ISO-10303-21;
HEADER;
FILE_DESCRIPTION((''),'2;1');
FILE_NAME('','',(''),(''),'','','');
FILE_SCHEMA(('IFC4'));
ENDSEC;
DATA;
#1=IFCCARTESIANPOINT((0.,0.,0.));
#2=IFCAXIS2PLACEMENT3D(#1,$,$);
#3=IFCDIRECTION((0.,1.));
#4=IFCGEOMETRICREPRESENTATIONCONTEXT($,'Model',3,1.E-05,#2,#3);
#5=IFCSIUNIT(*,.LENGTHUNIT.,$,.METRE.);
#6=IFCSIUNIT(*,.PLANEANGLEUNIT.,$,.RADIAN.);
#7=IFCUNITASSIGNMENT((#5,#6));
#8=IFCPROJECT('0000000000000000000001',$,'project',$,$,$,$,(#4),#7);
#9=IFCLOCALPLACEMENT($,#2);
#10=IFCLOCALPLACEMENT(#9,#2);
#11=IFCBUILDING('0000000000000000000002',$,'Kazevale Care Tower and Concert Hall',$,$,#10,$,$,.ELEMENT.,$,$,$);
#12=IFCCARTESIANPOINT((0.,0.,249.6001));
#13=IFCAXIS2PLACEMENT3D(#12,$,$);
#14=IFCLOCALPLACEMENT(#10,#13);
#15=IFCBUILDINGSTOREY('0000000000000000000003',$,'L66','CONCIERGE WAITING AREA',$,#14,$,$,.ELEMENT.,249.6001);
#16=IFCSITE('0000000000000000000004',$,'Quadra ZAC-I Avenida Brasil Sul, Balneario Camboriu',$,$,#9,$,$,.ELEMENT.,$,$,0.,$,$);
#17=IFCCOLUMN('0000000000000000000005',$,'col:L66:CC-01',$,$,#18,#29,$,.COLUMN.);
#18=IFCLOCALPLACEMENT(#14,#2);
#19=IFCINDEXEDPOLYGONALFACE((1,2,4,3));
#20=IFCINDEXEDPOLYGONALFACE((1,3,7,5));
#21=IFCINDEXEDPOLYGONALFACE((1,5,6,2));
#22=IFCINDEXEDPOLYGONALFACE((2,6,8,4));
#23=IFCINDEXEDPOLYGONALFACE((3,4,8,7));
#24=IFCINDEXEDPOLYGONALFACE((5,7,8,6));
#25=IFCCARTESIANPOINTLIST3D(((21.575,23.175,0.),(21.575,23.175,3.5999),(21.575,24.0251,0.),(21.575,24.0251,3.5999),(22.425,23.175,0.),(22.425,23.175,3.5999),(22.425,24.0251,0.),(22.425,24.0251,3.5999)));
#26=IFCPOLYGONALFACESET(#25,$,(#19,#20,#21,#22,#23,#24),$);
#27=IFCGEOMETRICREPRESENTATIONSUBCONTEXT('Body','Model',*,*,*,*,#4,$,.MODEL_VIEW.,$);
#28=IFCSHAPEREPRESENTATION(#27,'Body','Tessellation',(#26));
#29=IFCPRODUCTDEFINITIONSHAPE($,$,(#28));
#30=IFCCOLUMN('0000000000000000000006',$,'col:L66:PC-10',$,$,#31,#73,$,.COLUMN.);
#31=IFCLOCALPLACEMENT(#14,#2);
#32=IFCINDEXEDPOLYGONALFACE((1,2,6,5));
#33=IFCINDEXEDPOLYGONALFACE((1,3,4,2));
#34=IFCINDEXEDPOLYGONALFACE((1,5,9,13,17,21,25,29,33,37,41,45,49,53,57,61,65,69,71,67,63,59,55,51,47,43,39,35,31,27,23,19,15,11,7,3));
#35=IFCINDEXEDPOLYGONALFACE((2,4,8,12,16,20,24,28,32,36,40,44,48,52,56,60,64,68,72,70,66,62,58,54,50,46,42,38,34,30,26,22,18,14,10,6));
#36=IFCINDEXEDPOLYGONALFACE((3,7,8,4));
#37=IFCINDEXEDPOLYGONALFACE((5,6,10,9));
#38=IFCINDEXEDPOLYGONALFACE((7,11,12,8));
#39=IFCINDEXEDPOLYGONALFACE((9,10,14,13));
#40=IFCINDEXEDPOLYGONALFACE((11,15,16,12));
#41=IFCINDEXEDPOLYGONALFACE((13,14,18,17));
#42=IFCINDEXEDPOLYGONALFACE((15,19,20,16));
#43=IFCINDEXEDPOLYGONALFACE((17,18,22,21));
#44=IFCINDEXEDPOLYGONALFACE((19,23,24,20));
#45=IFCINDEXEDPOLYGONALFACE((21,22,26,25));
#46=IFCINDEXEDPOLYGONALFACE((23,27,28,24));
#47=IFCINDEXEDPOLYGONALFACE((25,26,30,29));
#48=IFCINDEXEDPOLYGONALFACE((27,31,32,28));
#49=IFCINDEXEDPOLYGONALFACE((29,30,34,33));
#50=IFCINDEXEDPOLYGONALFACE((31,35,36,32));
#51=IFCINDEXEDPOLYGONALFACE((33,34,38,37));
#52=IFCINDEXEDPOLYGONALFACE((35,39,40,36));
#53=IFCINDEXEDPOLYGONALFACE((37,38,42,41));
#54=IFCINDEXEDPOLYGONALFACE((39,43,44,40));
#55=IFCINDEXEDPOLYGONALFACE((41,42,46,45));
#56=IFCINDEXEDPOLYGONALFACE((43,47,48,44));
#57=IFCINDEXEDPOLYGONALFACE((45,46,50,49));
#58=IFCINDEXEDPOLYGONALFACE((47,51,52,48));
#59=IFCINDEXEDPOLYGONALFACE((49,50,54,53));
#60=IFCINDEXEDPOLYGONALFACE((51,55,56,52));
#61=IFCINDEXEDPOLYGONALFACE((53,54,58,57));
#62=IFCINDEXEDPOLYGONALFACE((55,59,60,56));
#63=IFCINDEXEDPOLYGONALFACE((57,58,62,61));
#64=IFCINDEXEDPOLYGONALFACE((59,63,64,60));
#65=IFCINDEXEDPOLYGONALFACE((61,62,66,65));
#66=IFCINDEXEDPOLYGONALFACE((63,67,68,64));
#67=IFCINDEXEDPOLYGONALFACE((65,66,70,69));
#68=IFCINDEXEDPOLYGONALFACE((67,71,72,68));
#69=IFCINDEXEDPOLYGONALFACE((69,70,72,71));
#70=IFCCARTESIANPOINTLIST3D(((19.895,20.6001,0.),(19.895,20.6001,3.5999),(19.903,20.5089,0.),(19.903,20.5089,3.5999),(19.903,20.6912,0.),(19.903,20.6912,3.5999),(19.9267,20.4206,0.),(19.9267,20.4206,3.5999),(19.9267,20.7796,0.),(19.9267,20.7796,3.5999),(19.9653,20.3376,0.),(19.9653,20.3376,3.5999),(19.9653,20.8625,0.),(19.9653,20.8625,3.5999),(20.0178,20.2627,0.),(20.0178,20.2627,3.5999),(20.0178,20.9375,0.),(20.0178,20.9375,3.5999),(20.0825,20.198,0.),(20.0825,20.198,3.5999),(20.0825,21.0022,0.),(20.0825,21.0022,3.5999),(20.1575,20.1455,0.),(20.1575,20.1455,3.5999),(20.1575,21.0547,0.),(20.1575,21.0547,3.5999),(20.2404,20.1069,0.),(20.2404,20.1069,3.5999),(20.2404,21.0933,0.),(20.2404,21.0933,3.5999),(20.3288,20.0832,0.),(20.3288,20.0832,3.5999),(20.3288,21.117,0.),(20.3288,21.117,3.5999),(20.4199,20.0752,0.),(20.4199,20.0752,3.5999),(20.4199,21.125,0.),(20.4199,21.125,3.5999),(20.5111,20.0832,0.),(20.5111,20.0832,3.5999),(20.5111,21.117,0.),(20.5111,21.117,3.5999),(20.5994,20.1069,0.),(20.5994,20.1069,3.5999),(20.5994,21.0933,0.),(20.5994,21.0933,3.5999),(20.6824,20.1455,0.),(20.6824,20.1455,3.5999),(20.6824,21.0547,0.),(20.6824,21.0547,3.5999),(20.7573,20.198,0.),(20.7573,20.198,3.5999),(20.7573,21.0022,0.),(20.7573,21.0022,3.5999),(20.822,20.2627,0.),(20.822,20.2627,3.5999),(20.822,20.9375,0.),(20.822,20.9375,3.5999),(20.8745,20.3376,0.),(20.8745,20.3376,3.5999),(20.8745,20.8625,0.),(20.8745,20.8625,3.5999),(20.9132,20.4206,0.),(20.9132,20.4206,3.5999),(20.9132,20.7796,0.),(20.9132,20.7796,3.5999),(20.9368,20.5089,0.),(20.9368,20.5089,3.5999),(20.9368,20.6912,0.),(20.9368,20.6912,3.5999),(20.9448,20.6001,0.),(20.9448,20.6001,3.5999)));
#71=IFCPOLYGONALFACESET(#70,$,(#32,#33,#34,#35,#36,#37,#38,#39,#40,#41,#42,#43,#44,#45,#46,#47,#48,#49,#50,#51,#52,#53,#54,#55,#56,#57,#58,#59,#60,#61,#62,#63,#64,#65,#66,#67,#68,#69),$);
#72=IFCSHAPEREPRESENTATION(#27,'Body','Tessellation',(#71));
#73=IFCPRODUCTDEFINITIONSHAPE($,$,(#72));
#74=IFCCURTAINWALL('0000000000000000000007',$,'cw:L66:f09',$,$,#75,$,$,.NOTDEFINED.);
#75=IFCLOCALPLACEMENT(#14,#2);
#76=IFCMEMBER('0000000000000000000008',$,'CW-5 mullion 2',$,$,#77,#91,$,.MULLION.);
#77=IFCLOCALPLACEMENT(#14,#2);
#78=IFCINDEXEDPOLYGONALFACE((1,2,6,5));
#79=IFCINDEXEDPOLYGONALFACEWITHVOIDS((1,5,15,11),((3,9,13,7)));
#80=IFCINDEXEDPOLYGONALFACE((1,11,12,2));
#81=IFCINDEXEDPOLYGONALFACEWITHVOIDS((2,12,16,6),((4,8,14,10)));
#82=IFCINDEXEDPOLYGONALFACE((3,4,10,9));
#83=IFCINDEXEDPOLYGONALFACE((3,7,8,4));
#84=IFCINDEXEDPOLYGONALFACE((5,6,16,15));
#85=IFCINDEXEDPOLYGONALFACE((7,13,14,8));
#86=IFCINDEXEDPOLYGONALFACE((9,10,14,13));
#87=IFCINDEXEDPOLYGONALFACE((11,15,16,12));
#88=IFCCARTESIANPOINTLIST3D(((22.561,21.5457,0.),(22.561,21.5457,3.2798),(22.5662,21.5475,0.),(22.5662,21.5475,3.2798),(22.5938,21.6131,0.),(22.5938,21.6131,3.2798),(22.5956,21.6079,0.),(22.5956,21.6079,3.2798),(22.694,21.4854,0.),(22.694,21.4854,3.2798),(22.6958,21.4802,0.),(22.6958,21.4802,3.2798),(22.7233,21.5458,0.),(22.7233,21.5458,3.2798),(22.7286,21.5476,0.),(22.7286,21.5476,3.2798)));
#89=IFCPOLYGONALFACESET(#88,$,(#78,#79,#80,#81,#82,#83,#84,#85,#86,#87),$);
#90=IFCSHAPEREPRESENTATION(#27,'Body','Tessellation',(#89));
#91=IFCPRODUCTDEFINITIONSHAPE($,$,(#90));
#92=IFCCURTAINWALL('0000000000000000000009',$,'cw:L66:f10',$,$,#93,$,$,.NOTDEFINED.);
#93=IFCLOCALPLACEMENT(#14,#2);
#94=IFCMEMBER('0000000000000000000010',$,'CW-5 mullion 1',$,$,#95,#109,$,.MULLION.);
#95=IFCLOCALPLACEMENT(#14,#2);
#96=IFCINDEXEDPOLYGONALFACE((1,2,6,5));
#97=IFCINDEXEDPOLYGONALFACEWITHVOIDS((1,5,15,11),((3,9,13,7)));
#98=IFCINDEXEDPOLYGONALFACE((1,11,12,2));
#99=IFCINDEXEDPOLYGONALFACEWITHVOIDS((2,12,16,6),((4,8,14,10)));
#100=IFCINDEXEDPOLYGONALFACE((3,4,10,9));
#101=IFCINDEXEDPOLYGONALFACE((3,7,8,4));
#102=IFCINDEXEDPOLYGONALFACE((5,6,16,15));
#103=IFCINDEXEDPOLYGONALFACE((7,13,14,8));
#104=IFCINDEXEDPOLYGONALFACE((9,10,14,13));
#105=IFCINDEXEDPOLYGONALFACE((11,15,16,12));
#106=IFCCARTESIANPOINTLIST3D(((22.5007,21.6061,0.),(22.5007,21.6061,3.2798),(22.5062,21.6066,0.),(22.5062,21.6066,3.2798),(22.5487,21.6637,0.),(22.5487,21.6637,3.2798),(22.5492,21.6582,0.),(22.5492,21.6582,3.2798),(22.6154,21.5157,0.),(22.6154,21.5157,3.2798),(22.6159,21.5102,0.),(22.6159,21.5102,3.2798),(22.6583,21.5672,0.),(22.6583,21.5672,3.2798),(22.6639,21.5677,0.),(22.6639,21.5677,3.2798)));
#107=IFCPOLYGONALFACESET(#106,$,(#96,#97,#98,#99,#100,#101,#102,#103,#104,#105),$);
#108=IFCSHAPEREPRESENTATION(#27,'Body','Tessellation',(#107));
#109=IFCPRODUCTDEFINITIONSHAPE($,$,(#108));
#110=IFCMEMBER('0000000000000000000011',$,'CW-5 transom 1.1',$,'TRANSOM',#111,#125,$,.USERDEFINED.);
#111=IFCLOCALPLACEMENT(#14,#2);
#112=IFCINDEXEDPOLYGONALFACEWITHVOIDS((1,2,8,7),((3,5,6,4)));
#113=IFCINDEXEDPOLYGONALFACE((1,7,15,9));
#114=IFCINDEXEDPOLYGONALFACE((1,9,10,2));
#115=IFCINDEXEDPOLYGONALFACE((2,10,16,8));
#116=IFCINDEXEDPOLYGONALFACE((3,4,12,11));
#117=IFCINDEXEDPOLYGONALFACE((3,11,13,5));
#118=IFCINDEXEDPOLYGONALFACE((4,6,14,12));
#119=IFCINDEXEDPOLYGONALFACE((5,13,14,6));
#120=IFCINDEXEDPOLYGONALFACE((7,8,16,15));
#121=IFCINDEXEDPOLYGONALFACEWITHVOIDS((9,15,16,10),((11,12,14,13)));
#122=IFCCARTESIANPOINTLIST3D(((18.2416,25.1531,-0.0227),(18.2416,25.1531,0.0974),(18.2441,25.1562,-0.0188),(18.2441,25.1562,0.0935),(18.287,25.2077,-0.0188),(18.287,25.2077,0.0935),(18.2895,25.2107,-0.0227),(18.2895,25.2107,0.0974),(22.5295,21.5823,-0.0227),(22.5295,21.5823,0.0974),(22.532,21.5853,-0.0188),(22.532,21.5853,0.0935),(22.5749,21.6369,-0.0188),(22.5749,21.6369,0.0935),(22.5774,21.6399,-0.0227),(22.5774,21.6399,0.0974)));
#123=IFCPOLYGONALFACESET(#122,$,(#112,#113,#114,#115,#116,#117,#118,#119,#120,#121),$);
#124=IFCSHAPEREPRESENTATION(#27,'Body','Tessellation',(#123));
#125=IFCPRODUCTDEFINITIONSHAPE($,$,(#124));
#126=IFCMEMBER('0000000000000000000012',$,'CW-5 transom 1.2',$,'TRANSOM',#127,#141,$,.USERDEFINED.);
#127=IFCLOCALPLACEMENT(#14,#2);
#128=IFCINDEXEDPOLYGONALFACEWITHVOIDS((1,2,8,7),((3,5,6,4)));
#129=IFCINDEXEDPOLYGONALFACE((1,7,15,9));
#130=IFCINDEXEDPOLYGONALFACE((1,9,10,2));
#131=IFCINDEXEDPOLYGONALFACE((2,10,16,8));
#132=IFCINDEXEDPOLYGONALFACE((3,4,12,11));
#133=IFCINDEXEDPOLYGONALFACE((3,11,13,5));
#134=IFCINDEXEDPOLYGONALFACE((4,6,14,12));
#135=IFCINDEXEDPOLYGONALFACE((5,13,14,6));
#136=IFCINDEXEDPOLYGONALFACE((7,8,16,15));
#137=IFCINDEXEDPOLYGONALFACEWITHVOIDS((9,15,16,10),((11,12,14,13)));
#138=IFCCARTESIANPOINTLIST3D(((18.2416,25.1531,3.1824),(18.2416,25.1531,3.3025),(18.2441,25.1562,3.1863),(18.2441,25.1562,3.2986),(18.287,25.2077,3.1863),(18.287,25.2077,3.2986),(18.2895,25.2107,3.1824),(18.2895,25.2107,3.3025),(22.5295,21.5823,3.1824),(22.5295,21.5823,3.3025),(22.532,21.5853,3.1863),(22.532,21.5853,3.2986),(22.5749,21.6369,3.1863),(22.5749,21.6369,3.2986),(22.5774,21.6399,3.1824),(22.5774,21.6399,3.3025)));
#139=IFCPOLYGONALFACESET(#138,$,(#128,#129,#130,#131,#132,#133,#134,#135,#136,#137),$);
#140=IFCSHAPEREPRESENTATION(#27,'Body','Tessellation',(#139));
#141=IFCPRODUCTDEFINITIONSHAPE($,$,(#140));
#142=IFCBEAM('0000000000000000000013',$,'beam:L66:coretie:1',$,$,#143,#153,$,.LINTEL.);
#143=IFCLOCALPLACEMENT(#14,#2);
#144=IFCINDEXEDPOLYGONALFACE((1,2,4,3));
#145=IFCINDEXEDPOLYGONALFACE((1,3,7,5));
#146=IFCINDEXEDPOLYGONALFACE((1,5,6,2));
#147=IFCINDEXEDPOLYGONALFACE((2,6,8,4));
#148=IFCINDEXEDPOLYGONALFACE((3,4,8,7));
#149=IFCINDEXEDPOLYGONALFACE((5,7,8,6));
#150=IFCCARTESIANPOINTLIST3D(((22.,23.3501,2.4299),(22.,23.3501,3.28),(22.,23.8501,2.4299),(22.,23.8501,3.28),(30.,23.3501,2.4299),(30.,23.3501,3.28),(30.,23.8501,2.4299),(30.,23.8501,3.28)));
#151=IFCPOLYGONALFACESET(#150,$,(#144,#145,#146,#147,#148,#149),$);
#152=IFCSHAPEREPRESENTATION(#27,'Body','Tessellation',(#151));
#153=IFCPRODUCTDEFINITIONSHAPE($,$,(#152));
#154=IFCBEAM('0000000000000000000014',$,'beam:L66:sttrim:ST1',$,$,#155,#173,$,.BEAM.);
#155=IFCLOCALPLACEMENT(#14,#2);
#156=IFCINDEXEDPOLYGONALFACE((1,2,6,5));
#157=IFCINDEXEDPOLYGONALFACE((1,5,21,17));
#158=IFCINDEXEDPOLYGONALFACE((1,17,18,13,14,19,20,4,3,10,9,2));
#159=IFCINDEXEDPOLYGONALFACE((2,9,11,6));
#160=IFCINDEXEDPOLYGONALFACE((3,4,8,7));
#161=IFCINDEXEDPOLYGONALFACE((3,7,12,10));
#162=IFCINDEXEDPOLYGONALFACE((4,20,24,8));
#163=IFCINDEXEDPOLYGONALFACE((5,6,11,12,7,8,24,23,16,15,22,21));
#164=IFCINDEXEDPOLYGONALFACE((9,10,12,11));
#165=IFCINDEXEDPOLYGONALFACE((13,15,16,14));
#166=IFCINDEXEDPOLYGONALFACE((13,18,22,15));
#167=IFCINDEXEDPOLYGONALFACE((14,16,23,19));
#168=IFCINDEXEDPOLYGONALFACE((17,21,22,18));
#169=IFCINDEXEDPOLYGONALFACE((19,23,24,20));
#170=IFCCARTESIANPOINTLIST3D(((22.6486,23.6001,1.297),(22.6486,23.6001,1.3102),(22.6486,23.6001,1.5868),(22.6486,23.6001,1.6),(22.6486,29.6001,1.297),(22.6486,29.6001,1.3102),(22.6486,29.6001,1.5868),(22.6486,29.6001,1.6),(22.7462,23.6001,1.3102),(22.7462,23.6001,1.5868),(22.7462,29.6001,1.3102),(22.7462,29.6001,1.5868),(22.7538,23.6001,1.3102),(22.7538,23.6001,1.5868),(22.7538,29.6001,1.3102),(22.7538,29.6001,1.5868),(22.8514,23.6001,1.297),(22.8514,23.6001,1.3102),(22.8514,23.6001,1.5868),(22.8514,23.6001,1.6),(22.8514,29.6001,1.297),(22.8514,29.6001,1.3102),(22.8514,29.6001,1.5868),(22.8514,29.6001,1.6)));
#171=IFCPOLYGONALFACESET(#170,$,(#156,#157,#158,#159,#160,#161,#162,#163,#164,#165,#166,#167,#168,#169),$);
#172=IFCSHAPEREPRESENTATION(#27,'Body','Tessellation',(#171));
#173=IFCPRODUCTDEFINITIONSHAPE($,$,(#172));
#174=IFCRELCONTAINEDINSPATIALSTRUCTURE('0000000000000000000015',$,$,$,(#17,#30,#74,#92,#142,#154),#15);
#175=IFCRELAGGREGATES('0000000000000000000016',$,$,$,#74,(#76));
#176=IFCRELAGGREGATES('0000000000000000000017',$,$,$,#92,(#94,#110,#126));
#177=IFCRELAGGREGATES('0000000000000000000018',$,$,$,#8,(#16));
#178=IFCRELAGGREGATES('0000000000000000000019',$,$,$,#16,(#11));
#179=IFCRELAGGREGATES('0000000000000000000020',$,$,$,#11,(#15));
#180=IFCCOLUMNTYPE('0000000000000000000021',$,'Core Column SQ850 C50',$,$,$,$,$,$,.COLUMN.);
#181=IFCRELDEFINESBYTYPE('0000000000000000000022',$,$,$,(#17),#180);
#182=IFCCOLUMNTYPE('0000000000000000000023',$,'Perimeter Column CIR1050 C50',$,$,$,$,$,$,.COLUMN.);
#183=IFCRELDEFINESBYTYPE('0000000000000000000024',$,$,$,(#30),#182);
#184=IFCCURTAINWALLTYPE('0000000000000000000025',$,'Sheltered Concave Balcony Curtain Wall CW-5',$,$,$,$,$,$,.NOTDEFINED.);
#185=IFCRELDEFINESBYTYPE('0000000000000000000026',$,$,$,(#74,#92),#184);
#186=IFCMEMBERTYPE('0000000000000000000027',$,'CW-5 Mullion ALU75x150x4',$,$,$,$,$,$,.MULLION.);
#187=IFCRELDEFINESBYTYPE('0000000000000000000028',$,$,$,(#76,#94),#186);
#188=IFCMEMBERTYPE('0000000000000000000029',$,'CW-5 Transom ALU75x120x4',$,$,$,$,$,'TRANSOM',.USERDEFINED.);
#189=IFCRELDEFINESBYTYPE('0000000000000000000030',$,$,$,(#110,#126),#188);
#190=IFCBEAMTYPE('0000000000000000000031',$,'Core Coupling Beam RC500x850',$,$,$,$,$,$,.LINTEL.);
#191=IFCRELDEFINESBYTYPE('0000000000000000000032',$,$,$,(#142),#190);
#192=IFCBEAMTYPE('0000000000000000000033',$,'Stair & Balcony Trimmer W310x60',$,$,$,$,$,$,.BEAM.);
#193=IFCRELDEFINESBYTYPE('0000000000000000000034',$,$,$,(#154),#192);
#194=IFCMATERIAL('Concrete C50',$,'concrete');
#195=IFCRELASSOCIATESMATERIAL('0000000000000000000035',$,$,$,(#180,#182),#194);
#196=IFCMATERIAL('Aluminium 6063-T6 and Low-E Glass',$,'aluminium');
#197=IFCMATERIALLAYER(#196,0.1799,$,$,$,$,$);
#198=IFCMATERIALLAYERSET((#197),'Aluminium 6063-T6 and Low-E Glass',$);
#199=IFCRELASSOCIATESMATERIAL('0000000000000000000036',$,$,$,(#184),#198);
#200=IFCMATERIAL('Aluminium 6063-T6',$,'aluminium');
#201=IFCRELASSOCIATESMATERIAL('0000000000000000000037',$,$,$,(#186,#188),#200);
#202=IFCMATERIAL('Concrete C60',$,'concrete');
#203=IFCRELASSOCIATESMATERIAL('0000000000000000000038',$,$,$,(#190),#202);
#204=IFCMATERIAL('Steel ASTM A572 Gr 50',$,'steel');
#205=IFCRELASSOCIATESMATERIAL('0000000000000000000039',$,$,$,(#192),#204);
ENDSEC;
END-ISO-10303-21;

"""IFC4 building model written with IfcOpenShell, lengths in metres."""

from ifc_helpers import new_model, si_unit, direction, frame, origin, origin_2d, place, context, subcontext, project, spatial, rectangle, hollow_rectangle, circle, i_section, extrude, material, layer, layer_set, material_profile, profile_set, type_object, element, aggregate, save


model = new_model("IFC4")

# Units and contexts
model_context = context("Model", 3, precision=1e-05, world=origin(), true_north=direction((0.0, 1.0)))
body_context = subcontext(model_context, "Body", "Model", "MODEL_VIEW")
ifc_project = project(units=[si_unit("LENGTHUNIT", "METRE"), si_unit("PLANEANGLEUNIT", "RADIAN")], contexts=[model_context])

# Site, building, storey
site_placement = place(None, origin())
site = spatial("IfcSite", under=ifc_project, at=site_placement, Name="Quadra ZAC-I Avenida Brasil Sul, Balneario Camboriu", CompositionType="ELEMENT", RefElevation=0.0)
building_placement = place(site_placement, origin())
building = spatial("IfcBuilding", under=site, at=building_placement, Name="Kazevale Care Tower and Concert Hall", CompositionType="ELEMENT")
storey_placement = place(building_placement, frame((0.0, 0.0, 249.6001)))
storey = spatial("IfcBuildingStorey", under=building, at=storey_placement, Name="L66", Description="CONCIERGE WAITING AREA", CompositionType="ELEMENT", Elevation=249.6001)

# Columns
ifc_material_1 = material(Name="Concrete C50", Category="concrete")
ifc_material_profile_1 = material_profile(ifc_material_1, rectangle(XDim=0.8501, YDim=0.8501, at=origin_2d()), Name="RC-SQ850")
ifc_profile_set_1 = profile_set([ifc_material_profile_1], Name="Concrete C50")
column_type_1 = type_object("IfcColumnType", Name="Core Column SQ850 C50", PredefinedType="COLUMN", material=ifc_profile_set_1)
column_1_placement = place(storey_placement, frame((22.0, 23.6001, 0.0), z_axis=(0.0, 0.0, 1.0), x_axis=(1.0, 0.0, 0.0)))
element("IfcColumn", 1, at=column_1_placement, inside=storey, type_object=column_type_1, Name="col:L66:CC-01", PredefinedType="COLUMN", context=body_context, shape_type="SweptSolid", body=[
    extrude(rectangle(XDim=0.8501, YDim=0.8501, at=origin_2d()), origin(), (0.0, 0.0, 1.0), 3.5999),
])
ifc_material_profile_2 = material_profile(ifc_material_1, circle(Radius=0.5249, at=origin_2d()), Name="RC-CIR1050")
ifc_profile_set_2 = profile_set([ifc_material_profile_2], Name="Concrete C50")
column_type_2 = type_object("IfcColumnType", Name="Perimeter Column CIR1050 C50", PredefinedType="COLUMN", material=ifc_profile_set_2)
column_2_placement = place(storey_placement, frame((20.4199, 20.6001, 0.0), z_axis=(0.0, 0.0, 1.0), x_axis=(1.0, 0.0, 0.0)))
element("IfcColumn", 2, at=column_2_placement, inside=storey, type_object=column_type_2, Name="col:L66:PC-10", PredefinedType="COLUMN", context=body_context, shape_type="SweptSolid", body=[
    extrude(circle(Radius=0.5249, at=origin_2d()), origin(), (0.0, 0.0, 1.0), 3.5999),
])

# Curtain wall, member
ifc_material_2 = material(Name="Aluminium 6063-T6 and Low-E Glass", Category="aluminium")
ifc_layer_1 = layer(ifc_material_2, 0.1799)
ifc_layer_set_1 = layer_set([ifc_layer_1], Name="Aluminium 6063-T6 and Low-E Glass")
curtain_wall_type = type_object("IfcCurtainWallType", Name="Sheltered Concave Balcony Curtain Wall CW-5", PredefinedType="NOTDEFINED", material=ifc_layer_set_1)
curtain_wall_1_placement = place(storey_placement, origin())
curtain_wall_1 = element("IfcCurtainWall", 3, at=curtain_wall_1_placement, inside=storey, type_object=curtain_wall_type, Name="cw:L66:f09", PredefinedType="NOTDEFINED")
ifc_material_3 = material(Name="Aluminium 6063-T6", Category="aluminium")
ifc_material_profile_3 = material_profile(ifc_material_3, hollow_rectangle(XDim=0.075, YDim=0.1499, WallThickness=0.0039, at=origin_2d()), Name="ALU75x150x4")
ifc_profile_set_3 = profile_set([ifc_material_profile_3], Name="Aluminium 6063-T6")
member_type_1 = type_object("IfcMemberType", Name="CW-5 Mullion ALU75x150x4", PredefinedType="MULLION", material=ifc_profile_set_3)
member_1_placement = place(storey_placement, frame((22.6448, 21.5466, 0.0), z_axis=(0.0, 0.0, 1.0), x_axis=(-0.437238, -0.899346, 0.0)))
member_1 = element("IfcMember", 4, at=member_1_placement, type_object=member_type_1, Name="CW-5 mullion 2", PredefinedType="MULLION", context=body_context, shape_type="SweptSolid", body=[
    extrude(hollow_rectangle(XDim=0.075, YDim=0.1499, WallThickness=0.0039, at=origin_2d()), origin(), (0.0, 0.0, 1.0), 3.2798),
])
aggregate(curtain_wall_1, [member_1])

# Curtain wall, members
curtain_wall_2_placement = place(storey_placement, origin())
curtain_wall_2 = element("IfcCurtainWall", 5, at=curtain_wall_2_placement, inside=storey, type_object=curtain_wall_type, Name="cw:L66:f10", PredefinedType="NOTDEFINED")
member_2_placement = place(storey_placement, frame((22.5823, 21.5869, 0.0), z_axis=(0.0, 0.0, 1.0), x_axis=(-0.639961, -0.768407, 0.0)))
member_2 = element("IfcMember", 6, at=member_2_placement, type_object=member_type_1, Name="CW-5 mullion 1", PredefinedType="MULLION", context=body_context, shape_type="SweptSolid", body=[
    extrude(hollow_rectangle(XDim=0.075, YDim=0.1499, WallThickness=0.0039, at=origin_2d()), origin(), (0.0, 0.0, 1.0), 3.2798),
])
ifc_material_profile_4 = material_profile(ifc_material_3, hollow_rectangle(XDim=0.075, YDim=0.1201, WallThickness=0.0039, at=origin_2d()), Name="ALU75x120x4")
ifc_profile_set_4 = profile_set([ifc_material_profile_4], Name="Aluminium 6063-T6")
member_type_2 = type_object("IfcMemberType", Name="CW-5 Transom ALU75x120x4", ElementType="TRANSOM", PredefinedType="USERDEFINED", material=ifc_profile_set_4)
member_3_placement = place(storey_placement, frame((22.5535, 21.6111, 0.0374), z_axis=(-0.768433, 0.63993, 0.0), x_axis=(-0.63993, -0.768433, 0.0)))
member_3 = element("IfcMember", 7, at=member_3_placement, type_object=member_type_2, Name="CW-5 transom 1.1", ObjectType="TRANSOM", PredefinedType="USERDEFINED", context=body_context, shape_type="SweptSolid", body=[
    extrude(hollow_rectangle(XDim=0.075, YDim=0.1201, WallThickness=0.0039, at=origin_2d()), origin(), (0.0, 0.0, 1.0), 5.5801),
])
member_4_placement = place(storey_placement, frame((22.5535, 21.6111, 3.2424), z_axis=(-0.768433, 0.63993, 0.0), x_axis=(-0.63993, -0.768433, 0.0)))
member_4 = element("IfcMember", 8, at=member_4_placement, type_object=member_type_2, Name="CW-5 transom 1.2", ObjectType="TRANSOM", PredefinedType="USERDEFINED", context=body_context, shape_type="SweptSolid", body=[
    extrude(hollow_rectangle(XDim=0.075, YDim=0.1201, WallThickness=0.0039, at=origin_2d()), origin(), (0.0, 0.0, 1.0), 5.5801),
])

# Beams
ifc_material_4 = material(Name="Concrete C60", Category="concrete")
ifc_material_profile_5 = material_profile(ifc_material_4, rectangle(XDim=0.5, YDim=0.8501, at=origin_2d()), Name="RC-B500x850")
ifc_profile_set_5 = profile_set([ifc_material_profile_5], Name="Concrete C60")
beam_type_1 = type_object("IfcBeamType", Name="Core Coupling Beam RC500x850", PredefinedType="LINTEL", material=ifc_profile_set_5)
beam_1_placement = place(storey_placement, frame((22.0, 23.6001, 2.855), z_axis=(1.0, 0.0, 0.0), x_axis=(0.0, 1.0, 0.0)))
element("IfcBeam", 9, at=beam_1_placement, inside=storey, type_object=beam_type_1, Name="beam:L66:coretie:1", PredefinedType="LINTEL", context=body_context, shape_type="SweptSolid", body=[
    extrude(rectangle(XDim=0.5, YDim=0.8501, at=origin_2d()), origin(), (0.0, 0.0, 1.0), 8.0),
])
ifc_material_5 = material(Name="Steel ASTM A572 Gr 50", Category="steel")
ifc_material_profile_6 = material_profile(ifc_material_5, i_section(OverallWidth=0.2029, OverallDepth=0.303, WebThickness=0.0076, FlangeThickness=0.0132, at=origin_2d()), Name="W310x60")
ifc_profile_set_6 = profile_set([ifc_material_profile_6], Name="Steel ASTM A572 Gr 50")
beam_type_2 = type_object("IfcBeamType", Name="Stair & Balcony Trimmer W310x60", PredefinedType="BEAM", material=ifc_profile_set_6)
beam_2_placement = place(storey_placement, frame((22.75, 23.6001, 1.4485), z_axis=(0.0, 1.0, 0.0), x_axis=(-1.0, 0.0, 0.0)))
element("IfcBeam", 10, at=beam_2_placement, inside=storey, type_object=beam_type_2, Name="beam:L66:sttrim:ST1", PredefinedType="BEAM", context=body_context, shape_type="SweptSolid", body=[
    extrude(i_section(OverallWidth=0.2029, OverallDepth=0.303, WebThickness=0.0076, FlangeThickness=0.0132, at=origin_2d()), origin(), (0.0, 0.0, 1.0), 6.0),
])

aggregate(curtain_wall_2, [member_2, member_3, member_4])

save(model, "model.ifc")
